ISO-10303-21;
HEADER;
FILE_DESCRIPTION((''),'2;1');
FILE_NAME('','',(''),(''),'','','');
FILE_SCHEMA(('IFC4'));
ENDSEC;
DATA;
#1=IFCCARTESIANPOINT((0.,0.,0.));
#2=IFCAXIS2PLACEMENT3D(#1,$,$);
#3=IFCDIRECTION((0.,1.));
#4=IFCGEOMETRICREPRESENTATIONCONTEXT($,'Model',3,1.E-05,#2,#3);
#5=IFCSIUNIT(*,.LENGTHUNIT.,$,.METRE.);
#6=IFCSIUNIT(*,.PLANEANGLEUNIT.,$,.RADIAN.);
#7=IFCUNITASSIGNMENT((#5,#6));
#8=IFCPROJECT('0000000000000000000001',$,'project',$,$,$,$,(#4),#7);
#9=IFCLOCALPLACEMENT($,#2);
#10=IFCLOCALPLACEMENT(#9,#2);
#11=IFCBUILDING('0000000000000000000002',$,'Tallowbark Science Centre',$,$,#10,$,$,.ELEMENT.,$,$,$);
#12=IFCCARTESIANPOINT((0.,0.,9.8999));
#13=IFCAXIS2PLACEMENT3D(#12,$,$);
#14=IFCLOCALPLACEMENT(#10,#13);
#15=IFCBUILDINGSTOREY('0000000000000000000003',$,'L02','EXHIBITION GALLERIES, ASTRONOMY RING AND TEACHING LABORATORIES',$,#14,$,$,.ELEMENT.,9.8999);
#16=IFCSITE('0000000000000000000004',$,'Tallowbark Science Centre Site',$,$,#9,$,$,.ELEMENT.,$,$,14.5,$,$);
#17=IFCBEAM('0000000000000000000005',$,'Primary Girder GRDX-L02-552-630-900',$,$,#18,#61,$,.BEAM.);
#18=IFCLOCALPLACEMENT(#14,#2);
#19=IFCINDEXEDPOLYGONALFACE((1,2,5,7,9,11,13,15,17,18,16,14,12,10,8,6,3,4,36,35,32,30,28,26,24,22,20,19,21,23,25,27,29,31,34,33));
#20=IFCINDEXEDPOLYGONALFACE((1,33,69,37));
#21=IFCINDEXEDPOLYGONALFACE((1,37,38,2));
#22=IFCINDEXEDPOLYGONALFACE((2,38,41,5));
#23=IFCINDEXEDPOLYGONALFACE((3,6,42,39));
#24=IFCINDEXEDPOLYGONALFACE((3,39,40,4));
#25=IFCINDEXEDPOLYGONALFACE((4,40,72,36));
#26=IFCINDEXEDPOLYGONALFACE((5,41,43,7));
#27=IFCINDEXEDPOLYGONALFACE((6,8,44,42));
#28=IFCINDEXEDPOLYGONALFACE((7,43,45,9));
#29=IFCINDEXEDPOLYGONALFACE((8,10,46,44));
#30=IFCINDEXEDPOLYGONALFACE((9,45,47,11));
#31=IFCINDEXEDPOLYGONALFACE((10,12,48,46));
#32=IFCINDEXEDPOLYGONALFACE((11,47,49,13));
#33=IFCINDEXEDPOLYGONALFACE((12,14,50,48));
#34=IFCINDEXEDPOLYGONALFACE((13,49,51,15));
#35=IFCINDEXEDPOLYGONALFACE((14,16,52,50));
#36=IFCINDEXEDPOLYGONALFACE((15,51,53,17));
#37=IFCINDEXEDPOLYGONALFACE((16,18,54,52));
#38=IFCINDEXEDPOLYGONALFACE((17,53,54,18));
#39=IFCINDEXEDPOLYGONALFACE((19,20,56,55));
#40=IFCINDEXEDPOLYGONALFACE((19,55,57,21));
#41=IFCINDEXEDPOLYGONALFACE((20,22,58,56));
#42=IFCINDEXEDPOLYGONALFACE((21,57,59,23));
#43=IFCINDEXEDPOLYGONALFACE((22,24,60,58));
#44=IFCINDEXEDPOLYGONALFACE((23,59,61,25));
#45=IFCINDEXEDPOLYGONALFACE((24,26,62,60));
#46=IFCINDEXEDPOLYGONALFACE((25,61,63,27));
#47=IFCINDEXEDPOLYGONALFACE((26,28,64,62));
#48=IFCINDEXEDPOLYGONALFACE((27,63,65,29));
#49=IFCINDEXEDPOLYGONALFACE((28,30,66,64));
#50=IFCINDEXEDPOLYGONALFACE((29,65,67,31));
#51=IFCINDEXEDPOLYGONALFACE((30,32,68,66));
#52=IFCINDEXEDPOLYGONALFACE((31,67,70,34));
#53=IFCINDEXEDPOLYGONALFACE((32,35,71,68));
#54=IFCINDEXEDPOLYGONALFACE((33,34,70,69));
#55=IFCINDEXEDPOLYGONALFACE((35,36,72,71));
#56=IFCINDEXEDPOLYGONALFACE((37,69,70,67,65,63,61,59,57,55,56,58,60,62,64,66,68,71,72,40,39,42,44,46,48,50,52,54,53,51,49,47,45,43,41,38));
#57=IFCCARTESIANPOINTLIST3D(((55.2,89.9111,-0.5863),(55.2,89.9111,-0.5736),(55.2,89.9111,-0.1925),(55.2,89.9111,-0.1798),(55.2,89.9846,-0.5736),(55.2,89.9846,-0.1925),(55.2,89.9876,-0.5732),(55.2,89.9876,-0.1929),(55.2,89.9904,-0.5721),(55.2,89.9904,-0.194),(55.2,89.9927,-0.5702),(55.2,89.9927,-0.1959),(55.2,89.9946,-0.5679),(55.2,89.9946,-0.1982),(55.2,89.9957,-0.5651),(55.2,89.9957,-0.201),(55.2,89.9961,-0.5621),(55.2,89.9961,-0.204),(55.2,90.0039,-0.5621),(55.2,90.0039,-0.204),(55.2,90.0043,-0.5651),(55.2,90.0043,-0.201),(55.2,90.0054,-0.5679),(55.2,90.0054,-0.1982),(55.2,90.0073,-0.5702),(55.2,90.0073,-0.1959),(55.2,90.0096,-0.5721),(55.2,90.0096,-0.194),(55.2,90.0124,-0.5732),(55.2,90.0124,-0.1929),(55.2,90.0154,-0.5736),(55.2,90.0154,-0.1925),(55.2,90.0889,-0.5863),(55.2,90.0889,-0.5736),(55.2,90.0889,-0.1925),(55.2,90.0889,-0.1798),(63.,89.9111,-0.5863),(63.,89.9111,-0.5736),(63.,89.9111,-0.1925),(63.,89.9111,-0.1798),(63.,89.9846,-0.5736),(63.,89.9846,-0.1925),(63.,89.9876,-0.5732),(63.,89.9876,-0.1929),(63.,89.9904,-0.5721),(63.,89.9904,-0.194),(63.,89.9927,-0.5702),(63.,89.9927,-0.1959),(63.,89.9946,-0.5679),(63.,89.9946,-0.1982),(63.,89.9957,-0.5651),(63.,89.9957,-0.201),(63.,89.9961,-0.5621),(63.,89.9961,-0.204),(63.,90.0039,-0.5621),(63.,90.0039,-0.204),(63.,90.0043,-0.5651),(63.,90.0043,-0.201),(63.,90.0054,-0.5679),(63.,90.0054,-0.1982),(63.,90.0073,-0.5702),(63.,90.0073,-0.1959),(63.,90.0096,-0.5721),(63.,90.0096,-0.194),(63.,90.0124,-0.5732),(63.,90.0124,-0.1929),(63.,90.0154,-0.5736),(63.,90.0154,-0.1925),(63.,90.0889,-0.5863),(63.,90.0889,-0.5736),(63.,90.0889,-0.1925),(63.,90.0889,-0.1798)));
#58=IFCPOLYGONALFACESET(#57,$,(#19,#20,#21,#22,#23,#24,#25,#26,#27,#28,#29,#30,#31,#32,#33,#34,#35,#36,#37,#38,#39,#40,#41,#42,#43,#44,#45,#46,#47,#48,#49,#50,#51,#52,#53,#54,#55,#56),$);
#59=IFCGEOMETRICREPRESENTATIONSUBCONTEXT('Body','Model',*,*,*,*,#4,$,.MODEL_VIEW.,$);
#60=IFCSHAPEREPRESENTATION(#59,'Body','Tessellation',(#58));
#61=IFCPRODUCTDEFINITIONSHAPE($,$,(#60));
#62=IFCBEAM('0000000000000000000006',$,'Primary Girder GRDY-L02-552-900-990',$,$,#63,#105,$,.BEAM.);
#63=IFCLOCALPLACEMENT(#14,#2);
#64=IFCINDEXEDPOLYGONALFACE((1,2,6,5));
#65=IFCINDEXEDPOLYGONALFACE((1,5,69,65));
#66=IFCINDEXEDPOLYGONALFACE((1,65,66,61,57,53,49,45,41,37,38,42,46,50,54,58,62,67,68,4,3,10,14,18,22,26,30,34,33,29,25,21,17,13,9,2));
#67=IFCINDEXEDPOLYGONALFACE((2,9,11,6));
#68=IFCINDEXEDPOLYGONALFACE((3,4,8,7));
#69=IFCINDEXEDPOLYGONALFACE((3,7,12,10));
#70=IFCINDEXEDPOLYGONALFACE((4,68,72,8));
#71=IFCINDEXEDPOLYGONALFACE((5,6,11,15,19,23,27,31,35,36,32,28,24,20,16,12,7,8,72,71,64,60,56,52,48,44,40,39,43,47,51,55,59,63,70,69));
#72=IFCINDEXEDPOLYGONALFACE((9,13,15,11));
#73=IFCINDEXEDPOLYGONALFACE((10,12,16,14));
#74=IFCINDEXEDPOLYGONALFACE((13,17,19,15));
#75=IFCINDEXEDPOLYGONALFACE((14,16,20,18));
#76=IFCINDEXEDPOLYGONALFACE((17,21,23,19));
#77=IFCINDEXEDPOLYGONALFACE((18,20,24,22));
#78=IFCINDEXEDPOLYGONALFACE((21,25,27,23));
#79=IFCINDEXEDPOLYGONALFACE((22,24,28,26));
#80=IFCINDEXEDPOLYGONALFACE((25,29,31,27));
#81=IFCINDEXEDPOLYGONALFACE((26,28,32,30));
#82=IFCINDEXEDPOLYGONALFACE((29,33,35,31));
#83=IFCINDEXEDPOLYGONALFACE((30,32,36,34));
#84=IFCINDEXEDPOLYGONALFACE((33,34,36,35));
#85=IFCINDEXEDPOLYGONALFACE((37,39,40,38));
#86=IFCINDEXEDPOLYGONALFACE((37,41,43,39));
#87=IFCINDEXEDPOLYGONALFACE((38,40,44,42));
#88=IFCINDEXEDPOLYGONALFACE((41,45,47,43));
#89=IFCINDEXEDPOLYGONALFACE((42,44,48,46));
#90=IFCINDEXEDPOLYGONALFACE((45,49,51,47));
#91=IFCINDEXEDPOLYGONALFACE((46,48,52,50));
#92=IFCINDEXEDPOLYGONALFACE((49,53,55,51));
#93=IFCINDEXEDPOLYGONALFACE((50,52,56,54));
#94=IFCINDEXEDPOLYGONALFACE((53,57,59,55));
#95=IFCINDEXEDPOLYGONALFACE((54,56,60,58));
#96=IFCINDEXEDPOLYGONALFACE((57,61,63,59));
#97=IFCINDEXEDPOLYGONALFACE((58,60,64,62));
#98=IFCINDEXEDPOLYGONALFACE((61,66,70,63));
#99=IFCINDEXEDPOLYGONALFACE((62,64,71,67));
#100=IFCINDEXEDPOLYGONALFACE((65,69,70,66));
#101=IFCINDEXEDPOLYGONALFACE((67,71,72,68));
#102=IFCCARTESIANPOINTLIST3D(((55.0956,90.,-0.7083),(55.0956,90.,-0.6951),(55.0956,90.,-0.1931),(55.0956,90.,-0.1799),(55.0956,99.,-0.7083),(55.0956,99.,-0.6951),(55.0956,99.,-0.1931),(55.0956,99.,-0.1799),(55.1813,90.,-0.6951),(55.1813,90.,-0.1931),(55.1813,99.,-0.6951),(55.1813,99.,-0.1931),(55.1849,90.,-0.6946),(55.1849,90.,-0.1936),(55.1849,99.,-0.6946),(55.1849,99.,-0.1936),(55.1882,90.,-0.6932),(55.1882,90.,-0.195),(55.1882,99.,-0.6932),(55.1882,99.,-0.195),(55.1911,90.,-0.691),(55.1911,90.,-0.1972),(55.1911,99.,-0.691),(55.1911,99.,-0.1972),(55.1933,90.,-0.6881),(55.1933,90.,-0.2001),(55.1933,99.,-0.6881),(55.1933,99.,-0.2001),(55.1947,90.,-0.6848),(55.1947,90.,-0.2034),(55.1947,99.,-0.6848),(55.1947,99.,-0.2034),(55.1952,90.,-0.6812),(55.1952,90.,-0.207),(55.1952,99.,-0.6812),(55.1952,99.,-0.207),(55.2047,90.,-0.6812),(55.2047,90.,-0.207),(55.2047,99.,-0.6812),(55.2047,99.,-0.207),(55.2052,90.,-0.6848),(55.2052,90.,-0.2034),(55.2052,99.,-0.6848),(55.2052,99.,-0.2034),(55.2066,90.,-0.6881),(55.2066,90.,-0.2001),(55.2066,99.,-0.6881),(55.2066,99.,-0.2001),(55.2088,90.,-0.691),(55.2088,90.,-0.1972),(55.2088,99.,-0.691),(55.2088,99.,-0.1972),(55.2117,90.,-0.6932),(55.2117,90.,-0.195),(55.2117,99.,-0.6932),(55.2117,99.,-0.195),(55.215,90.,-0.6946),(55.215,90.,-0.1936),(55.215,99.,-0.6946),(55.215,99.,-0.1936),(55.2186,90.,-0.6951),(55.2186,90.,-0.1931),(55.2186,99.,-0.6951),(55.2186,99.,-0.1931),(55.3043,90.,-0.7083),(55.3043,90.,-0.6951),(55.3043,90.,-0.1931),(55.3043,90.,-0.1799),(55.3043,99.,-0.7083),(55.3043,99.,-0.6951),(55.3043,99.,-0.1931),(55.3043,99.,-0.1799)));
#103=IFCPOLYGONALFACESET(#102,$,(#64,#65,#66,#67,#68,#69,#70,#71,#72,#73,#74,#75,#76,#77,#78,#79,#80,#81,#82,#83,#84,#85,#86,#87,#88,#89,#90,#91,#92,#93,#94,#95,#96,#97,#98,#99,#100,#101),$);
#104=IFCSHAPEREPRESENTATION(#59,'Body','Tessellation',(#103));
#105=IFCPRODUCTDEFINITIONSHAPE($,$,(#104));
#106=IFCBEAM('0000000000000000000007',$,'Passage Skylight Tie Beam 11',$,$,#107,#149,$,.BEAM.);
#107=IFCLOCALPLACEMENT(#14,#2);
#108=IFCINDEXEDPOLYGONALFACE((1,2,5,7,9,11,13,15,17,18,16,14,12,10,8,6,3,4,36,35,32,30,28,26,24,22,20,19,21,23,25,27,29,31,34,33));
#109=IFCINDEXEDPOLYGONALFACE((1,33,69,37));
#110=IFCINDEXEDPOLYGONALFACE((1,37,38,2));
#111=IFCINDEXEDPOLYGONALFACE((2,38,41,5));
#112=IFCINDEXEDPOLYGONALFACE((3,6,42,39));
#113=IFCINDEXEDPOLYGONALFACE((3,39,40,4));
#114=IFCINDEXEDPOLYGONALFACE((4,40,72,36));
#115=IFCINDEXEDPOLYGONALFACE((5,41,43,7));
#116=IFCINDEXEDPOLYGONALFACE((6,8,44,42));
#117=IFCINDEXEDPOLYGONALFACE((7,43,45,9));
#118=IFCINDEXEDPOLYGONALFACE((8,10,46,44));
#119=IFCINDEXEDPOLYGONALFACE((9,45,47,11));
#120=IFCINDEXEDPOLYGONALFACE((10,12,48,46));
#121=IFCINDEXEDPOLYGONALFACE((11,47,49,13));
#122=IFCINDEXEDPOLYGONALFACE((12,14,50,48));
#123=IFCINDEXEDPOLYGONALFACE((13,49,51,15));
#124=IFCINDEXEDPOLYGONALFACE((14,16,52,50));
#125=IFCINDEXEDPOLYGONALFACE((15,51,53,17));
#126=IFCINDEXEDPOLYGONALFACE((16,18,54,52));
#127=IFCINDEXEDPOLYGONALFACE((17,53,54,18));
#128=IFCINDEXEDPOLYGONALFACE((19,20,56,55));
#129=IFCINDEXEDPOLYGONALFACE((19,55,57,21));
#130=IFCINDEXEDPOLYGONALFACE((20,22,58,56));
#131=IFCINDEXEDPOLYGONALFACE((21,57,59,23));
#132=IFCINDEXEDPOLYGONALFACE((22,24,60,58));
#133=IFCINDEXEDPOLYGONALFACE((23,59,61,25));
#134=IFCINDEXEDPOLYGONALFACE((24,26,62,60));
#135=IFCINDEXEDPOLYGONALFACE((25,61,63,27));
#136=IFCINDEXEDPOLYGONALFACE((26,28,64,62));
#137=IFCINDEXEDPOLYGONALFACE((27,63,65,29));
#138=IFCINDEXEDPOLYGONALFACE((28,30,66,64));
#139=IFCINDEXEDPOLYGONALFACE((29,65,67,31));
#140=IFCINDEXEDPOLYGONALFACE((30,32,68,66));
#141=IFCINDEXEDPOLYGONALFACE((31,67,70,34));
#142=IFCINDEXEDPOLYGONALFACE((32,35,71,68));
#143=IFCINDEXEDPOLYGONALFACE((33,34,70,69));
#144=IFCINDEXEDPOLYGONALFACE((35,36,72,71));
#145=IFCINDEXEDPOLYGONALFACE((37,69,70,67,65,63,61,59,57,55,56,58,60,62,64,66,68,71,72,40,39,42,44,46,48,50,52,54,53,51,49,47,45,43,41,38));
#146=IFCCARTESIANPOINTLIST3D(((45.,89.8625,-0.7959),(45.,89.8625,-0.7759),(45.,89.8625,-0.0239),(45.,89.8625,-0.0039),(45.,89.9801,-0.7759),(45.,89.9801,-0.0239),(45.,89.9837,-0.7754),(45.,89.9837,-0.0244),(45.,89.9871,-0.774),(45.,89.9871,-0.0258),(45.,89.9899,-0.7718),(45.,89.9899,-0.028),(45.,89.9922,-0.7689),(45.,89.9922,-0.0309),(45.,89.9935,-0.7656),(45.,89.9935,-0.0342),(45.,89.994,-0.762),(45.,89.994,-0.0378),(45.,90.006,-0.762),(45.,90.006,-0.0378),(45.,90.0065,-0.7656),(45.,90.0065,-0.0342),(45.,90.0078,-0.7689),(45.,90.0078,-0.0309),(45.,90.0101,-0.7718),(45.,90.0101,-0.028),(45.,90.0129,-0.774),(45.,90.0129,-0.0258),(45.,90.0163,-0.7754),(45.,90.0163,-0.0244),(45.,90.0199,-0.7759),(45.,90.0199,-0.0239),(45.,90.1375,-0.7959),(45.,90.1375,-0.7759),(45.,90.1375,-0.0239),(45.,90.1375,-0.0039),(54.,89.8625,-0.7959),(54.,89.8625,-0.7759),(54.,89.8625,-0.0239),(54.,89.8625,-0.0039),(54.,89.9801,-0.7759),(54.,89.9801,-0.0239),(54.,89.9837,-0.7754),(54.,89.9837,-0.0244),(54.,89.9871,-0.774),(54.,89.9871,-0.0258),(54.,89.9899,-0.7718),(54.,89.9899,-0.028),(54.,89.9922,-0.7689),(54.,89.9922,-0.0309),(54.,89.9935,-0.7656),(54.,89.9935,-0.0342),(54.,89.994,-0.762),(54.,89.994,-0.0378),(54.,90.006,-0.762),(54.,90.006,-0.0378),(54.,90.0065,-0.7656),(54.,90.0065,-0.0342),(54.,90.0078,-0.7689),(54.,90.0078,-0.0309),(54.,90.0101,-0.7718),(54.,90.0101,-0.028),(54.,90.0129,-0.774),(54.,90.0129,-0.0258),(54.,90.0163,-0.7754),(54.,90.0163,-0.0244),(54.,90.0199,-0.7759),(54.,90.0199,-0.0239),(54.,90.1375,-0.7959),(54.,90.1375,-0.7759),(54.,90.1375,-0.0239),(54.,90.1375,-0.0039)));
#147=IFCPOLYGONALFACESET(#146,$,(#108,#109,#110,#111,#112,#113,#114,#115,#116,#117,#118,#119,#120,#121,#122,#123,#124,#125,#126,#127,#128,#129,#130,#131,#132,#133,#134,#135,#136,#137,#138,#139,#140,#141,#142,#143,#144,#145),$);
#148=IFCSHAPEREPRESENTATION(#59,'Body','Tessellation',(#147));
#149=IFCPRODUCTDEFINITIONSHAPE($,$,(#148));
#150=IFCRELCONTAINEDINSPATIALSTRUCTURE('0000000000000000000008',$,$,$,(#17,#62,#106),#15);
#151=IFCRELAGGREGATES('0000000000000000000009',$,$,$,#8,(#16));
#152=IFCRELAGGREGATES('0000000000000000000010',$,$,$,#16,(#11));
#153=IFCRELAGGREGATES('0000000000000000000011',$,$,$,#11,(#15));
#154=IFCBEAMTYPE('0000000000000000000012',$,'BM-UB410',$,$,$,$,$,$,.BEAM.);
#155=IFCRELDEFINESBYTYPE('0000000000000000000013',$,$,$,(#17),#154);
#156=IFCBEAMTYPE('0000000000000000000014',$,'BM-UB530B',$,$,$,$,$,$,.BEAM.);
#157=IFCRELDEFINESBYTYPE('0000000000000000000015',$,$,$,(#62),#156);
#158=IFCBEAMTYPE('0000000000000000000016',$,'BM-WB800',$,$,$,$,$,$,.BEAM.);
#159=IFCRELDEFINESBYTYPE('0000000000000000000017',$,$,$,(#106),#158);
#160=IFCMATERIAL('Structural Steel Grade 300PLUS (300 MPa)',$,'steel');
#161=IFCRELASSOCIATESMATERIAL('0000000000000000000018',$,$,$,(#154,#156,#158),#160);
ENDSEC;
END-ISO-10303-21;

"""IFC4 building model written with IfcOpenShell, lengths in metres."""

from ifc_helpers import new_model, si_unit, direction, frame, origin, origin_2d, place, context, subcontext, project, spatial, i_section, extrude, material, material_profile, profile_set, type_object, element, save


model = new_model("IFC4")

# Units and contexts
model_context = context("Model", 3, precision=1e-05, world=origin(), true_north=direction((0.0, 1.0)))
body_context = subcontext(model_context, "Body", "Model", "MODEL_VIEW")
ifc_project = project(units=[si_unit("LENGTHUNIT", "METRE"), si_unit("PLANEANGLEUNIT", "RADIAN")], contexts=[model_context])

# Site, building, storey
site_placement = place(None, origin())
site = spatial("IfcSite", under=ifc_project, at=site_placement, Name="Tallowbark Science Centre Site", CompositionType="ELEMENT", RefElevation=14.5)
building_placement = place(site_placement, origin())
building = spatial("IfcBuilding", under=site, at=building_placement, Name="Tallowbark Science Centre", CompositionType="ELEMENT")
storey_placement = place(building_placement, frame((0.0, 0.0, 9.8999)))
storey = spatial("IfcBuildingStorey", under=building, at=storey_placement, Name="L02", Description="EXHIBITION GALLERIES, ASTRONOMY RING AND TEACHING LABORATORIES", CompositionType="ELEMENT", Elevation=9.8999)

# Beams
ifc_material_1 = material(Name="Structural Steel Grade 300PLUS (300 MPa)", Category="steel")
ifc_material_profile_1 = material_profile(ifc_material_1, i_section(OverallWidth=0.1777, OverallDepth=0.4065, WebThickness=0.0078, FlangeThickness=0.0127, FilletRadius=0.0115, at=origin_2d()), Name="410UB59.7")
ifc_profile_set_1 = profile_set([ifc_material_profile_1], Name="Structural Steel Grade 300PLUS (300 MPa)")
beam_type_1 = type_object("IfcBeamType", Name="BM-UB410", PredefinedType="BEAM", material=ifc_profile_set_1)
beam_1_placement = place(storey_placement, frame((55.2, 90.0, -0.3831), z_axis=(1.0, 0.0, 0.0), x_axis=(0.0, 1.0, 0.0)))
element("IfcBeam", 1, at=beam_1_placement, inside=storey, type_object=beam_type_1, Name="Primary Girder GRDX-L02-552-630-900", PredefinedType="BEAM", context=body_context, shape_type="SweptSolid", body=[
    extrude(i_section(OverallWidth=0.1777, OverallDepth=0.4065, WebThickness=0.0078, FlangeThickness=0.0127, FilletRadius=0.0115, at=origin_2d()), origin(), (0.0, 0.0, 1.0), 7.8),
])
ifc_material_profile_2 = material_profile(ifc_material_1, i_section(OverallWidth=0.2087, OverallDepth=0.5283, WebThickness=0.0095, FlangeThickness=0.0132, FilletRadius=0.0139, at=origin_2d()), Name="530UB82.0")
ifc_profile_set_2 = profile_set([ifc_material_profile_2], Name="Structural Steel Grade 300PLUS (300 MPa)")
beam_type_2 = type_object("IfcBeamType", Name="BM-UB530B", PredefinedType="BEAM", material=ifc_profile_set_2)
beam_2_placement = place(storey_placement, frame((55.2, 90.0, -0.4441), z_axis=(0.0, 1.0, 0.0), x_axis=(-1.0, 0.0, 0.0)))
element("IfcBeam", 2, at=beam_2_placement, inside=storey, type_object=beam_type_2, Name="Primary Girder GRDY-L02-552-900-990", PredefinedType="BEAM", context=body_context, shape_type="SweptSolid", body=[
    extrude(i_section(OverallWidth=0.2087, OverallDepth=0.5283, WebThickness=0.0095, FlangeThickness=0.0132, FilletRadius=0.0139, at=origin_2d()), origin(), (0.0, 0.0, 1.0), 9.0),
])
ifc_material_profile_3 = material_profile(ifc_material_1, i_section(OverallWidth=0.2749, OverallDepth=0.792, WebThickness=0.012, FlangeThickness=0.02, FilletRadius=0.0139, at=origin_2d()), Name="800WB146")
ifc_profile_set_3 = profile_set([ifc_material_profile_3], Name="Structural Steel Grade 300PLUS (300 MPa)")
beam_type_3 = type_object("IfcBeamType", Name="BM-WB800", PredefinedType="BEAM", material=ifc_profile_set_3)
beam_3_placement = place(storey_placement, frame((45.0, 90.0, -0.3999), z_axis=(1.0, 0.0, 0.0), x_axis=(0.0, 1.0, 0.0)))
element("IfcBeam", 3, at=beam_3_placement, inside=storey, type_object=beam_type_3, Name="Passage Skylight Tie Beam 11", PredefinedType="BEAM", context=body_context, shape_type="SweptSolid", body=[
    extrude(i_section(OverallWidth=0.2749, OverallDepth=0.792, WebThickness=0.012, FlangeThickness=0.02, FilletRadius=0.0139, at=origin_2d()), origin(), (0.0, 0.0, 1.0), 9.0),
])

save(model, "model.ifc")
